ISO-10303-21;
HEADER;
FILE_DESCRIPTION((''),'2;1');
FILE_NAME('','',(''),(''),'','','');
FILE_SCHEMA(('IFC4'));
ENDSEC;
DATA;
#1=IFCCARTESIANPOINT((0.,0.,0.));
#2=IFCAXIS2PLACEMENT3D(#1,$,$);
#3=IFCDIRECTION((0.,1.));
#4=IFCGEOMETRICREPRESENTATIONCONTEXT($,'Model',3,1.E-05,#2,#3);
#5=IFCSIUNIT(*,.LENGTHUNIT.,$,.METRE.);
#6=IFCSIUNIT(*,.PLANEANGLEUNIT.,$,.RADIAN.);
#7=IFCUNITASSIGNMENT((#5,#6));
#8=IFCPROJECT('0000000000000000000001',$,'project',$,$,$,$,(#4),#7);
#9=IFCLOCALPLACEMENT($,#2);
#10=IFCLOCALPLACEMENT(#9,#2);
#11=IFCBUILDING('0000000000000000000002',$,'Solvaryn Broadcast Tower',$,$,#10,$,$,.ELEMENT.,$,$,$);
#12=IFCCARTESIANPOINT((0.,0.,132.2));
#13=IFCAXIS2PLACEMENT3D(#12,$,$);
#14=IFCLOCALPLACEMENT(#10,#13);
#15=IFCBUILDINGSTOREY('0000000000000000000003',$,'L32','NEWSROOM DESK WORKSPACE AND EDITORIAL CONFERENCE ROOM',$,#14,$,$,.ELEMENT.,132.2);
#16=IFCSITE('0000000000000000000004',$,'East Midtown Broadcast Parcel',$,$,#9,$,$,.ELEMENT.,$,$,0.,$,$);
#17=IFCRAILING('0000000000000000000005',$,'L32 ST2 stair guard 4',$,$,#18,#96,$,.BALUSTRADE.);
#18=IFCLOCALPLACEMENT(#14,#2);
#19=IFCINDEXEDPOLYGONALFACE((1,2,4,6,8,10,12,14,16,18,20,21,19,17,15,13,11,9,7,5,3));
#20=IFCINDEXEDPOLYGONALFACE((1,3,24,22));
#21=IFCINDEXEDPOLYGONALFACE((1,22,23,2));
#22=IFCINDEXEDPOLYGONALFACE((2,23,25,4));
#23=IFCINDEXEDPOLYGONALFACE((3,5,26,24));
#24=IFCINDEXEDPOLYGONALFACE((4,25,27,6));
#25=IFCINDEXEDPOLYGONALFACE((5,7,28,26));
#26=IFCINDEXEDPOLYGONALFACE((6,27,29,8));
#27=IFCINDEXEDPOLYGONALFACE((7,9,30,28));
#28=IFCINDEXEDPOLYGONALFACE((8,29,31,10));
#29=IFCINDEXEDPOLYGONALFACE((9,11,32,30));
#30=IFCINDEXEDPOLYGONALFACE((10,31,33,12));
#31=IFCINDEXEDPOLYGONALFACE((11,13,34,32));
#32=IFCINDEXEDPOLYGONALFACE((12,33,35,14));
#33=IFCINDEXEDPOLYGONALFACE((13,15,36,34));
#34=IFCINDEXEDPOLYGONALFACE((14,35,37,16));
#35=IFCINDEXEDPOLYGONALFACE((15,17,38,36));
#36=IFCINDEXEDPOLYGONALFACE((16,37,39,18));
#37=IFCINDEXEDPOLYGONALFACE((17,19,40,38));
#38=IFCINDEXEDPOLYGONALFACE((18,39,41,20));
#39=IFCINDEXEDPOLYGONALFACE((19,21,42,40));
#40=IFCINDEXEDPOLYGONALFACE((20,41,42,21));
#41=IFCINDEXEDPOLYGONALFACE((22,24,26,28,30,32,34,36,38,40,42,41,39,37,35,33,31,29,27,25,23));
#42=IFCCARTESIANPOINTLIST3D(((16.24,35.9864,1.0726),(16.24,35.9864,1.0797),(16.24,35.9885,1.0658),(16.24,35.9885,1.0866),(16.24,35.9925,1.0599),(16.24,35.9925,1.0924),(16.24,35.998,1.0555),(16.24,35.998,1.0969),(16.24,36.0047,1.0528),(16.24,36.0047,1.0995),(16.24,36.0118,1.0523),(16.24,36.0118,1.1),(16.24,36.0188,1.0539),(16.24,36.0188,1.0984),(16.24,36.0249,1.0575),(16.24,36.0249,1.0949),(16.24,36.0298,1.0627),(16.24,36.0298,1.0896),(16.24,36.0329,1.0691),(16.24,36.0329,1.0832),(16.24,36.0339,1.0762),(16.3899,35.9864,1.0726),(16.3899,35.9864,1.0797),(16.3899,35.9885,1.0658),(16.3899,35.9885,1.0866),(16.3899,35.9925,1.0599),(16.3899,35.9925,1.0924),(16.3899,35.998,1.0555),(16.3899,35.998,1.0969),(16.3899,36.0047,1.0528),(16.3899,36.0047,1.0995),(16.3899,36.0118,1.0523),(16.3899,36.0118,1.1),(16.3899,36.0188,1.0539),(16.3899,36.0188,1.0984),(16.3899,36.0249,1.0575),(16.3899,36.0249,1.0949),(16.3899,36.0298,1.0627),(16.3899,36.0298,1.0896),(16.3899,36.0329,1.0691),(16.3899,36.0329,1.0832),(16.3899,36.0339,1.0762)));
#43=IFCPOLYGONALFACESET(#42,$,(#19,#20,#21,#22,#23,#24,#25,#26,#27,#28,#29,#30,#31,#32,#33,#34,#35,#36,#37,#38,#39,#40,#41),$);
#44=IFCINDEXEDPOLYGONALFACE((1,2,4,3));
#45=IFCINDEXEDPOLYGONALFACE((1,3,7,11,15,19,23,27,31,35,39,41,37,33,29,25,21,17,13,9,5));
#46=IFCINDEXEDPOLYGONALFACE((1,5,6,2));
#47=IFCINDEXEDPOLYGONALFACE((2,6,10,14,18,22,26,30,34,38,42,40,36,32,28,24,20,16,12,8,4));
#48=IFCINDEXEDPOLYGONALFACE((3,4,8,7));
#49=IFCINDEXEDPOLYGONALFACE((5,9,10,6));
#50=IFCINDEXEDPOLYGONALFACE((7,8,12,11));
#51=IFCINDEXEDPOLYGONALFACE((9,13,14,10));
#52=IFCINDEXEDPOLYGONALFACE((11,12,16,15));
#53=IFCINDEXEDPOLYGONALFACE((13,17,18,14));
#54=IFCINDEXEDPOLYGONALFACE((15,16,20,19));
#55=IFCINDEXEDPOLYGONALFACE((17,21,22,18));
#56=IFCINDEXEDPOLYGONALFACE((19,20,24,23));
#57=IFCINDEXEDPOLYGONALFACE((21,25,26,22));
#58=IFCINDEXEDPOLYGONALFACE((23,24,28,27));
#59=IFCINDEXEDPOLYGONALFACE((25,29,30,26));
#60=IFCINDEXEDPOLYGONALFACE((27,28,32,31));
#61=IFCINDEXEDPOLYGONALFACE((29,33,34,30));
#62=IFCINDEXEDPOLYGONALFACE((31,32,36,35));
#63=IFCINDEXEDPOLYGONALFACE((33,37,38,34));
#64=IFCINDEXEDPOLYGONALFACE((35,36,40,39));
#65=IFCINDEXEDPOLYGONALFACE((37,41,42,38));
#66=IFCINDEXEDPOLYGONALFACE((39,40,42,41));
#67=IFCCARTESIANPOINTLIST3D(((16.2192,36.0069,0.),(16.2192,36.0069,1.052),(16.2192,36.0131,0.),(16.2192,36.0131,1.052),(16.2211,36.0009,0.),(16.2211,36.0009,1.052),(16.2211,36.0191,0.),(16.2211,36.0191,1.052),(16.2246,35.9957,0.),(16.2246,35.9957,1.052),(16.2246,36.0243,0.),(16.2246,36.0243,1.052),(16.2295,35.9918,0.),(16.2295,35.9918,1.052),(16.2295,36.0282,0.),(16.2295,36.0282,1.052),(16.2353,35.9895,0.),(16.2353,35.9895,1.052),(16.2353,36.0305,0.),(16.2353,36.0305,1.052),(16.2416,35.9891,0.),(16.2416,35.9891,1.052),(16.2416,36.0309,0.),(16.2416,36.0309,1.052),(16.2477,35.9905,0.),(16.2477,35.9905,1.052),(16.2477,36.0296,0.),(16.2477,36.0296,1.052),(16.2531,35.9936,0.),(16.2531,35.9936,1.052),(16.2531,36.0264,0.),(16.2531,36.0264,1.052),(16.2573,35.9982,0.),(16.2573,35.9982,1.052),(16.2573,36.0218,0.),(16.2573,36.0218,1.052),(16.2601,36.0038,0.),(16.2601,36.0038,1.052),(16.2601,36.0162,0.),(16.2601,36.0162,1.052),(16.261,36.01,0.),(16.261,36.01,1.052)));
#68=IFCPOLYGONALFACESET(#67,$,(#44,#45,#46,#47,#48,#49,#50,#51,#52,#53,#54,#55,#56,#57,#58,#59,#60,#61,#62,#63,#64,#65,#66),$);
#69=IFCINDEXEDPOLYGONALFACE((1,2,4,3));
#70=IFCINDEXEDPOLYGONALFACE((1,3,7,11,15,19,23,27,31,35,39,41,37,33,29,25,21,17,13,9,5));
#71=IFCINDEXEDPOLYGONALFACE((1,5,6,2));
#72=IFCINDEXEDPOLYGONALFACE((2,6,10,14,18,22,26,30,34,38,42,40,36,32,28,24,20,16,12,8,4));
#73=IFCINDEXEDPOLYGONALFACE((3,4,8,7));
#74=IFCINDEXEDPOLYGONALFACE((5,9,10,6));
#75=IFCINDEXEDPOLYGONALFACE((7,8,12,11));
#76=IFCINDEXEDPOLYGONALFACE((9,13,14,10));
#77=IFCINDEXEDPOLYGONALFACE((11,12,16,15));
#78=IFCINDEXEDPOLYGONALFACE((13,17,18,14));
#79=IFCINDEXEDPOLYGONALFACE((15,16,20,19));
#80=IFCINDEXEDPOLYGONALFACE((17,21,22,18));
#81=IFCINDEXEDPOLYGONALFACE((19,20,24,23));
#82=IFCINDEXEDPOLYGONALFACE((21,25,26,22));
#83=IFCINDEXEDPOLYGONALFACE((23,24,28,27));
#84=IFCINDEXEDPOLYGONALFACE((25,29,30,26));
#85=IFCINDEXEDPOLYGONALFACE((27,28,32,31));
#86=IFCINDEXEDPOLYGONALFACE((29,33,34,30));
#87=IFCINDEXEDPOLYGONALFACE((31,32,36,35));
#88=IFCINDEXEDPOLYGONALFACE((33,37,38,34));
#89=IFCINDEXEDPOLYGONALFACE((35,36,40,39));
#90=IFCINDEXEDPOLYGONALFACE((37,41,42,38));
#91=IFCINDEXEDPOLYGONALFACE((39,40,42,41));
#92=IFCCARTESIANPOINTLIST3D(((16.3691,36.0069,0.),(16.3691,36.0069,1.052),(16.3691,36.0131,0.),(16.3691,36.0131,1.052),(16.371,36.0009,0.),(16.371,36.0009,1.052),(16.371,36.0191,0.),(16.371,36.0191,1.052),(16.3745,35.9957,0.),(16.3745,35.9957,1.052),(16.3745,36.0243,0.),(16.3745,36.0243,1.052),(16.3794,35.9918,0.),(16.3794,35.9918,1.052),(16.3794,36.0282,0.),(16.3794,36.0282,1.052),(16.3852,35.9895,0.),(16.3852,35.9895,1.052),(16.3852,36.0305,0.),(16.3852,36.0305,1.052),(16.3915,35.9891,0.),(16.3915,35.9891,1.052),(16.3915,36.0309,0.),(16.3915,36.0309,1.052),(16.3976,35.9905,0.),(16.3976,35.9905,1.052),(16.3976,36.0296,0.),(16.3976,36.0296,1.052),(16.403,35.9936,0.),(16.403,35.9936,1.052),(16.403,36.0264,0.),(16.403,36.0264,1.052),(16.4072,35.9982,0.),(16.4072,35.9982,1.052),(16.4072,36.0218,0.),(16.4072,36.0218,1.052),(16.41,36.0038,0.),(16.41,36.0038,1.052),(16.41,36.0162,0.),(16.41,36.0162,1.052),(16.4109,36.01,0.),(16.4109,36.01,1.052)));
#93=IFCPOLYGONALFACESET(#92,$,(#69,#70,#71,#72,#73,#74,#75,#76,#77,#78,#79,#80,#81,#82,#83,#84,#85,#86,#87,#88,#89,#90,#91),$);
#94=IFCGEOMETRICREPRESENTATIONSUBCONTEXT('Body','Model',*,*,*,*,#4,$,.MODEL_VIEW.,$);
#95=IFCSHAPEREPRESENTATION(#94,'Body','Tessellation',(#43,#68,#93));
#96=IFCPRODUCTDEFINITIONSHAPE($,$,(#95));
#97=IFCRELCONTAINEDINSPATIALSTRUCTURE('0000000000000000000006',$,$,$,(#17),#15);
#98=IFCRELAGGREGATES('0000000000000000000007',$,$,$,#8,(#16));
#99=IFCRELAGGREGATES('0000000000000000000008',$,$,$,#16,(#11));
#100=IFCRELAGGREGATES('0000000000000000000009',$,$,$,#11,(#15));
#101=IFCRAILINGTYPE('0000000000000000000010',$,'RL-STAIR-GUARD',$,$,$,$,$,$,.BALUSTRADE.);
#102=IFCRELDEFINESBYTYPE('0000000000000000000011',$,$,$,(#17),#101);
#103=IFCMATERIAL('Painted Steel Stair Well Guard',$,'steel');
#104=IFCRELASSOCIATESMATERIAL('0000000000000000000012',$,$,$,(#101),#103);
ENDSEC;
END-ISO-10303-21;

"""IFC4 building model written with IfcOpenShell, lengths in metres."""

from ifc_helpers import new_model, si_unit, direction, frame, origin, origin_2d, place, context, subcontext, project, spatial, circle, extrude, material, type_object, element, save


model = new_model("IFC4")

# Units and contexts
model_context = context("Model", 3, precision=1e-05, world=origin(), true_north=direction((0.0, 1.0)))
body_context = subcontext(model_context, "Body", "Model", "MODEL_VIEW")
ifc_project = project(units=[si_unit("LENGTHUNIT", "METRE"), si_unit("PLANEANGLEUNIT", "RADIAN")], contexts=[model_context])

# Site, building, storey
site_placement = place(None, origin())
site = spatial("IfcSite", under=ifc_project, at=site_placement, Name="East Midtown Broadcast Parcel", CompositionType="ELEMENT", RefElevation=0.0)
building_placement = place(site_placement, origin())
building = spatial("IfcBuilding", under=site, at=building_placement, Name="Solvaryn Broadcast Tower", CompositionType="ELEMENT")
storey_placement = place(building_placement, frame((0.0, 0.0, 132.2)))
storey = spatial("IfcBuildingStorey", under=building, at=storey_placement, Name="L32", Description="NEWSROOM DESK WORKSPACE AND EDITORIAL CONFERENCE ROOM", CompositionType="ELEMENT", Elevation=132.2)

# Railing
ifc_material_1 = material(Name="Painted Steel Stair Well Guard", Category="steel")
railing_type_1 = type_object("IfcRailingType", Name="RL-STAIR-GUARD", PredefinedType="BALUSTRADE", material=ifc_material_1)
railing_1_placement = place(storey_placement, frame((16.24, 36.01, 0.0)))
element("IfcRailing", 1, at=railing_1_placement, inside=storey, type_object=railing_type_1, Name="L32 ST2 stair guard 4", PredefinedType="BALUSTRADE", context=body_context, shape_type="SweptSolid", body=[
    extrude(circle(Radius=0.0239, at=origin_2d()), frame((0.0, 0.0, 1.0762), z_axis=(1.0, 0.0, 0.0), x_axis=(0.0, 1.0, 0.0)), (0.0, 0.0, 1.0), 0.1499),
    extrude(circle(Radius=0.021, at=origin_2d()), origin(), (0.0, 0.0, 1.0), 1.052),
    extrude(circle(Radius=0.021, at=origin_2d()), frame((0.1499, 0.0, 0.0)), (0.0, 0.0, 1.0), 1.052),
])

save(model, "model.ifc")
